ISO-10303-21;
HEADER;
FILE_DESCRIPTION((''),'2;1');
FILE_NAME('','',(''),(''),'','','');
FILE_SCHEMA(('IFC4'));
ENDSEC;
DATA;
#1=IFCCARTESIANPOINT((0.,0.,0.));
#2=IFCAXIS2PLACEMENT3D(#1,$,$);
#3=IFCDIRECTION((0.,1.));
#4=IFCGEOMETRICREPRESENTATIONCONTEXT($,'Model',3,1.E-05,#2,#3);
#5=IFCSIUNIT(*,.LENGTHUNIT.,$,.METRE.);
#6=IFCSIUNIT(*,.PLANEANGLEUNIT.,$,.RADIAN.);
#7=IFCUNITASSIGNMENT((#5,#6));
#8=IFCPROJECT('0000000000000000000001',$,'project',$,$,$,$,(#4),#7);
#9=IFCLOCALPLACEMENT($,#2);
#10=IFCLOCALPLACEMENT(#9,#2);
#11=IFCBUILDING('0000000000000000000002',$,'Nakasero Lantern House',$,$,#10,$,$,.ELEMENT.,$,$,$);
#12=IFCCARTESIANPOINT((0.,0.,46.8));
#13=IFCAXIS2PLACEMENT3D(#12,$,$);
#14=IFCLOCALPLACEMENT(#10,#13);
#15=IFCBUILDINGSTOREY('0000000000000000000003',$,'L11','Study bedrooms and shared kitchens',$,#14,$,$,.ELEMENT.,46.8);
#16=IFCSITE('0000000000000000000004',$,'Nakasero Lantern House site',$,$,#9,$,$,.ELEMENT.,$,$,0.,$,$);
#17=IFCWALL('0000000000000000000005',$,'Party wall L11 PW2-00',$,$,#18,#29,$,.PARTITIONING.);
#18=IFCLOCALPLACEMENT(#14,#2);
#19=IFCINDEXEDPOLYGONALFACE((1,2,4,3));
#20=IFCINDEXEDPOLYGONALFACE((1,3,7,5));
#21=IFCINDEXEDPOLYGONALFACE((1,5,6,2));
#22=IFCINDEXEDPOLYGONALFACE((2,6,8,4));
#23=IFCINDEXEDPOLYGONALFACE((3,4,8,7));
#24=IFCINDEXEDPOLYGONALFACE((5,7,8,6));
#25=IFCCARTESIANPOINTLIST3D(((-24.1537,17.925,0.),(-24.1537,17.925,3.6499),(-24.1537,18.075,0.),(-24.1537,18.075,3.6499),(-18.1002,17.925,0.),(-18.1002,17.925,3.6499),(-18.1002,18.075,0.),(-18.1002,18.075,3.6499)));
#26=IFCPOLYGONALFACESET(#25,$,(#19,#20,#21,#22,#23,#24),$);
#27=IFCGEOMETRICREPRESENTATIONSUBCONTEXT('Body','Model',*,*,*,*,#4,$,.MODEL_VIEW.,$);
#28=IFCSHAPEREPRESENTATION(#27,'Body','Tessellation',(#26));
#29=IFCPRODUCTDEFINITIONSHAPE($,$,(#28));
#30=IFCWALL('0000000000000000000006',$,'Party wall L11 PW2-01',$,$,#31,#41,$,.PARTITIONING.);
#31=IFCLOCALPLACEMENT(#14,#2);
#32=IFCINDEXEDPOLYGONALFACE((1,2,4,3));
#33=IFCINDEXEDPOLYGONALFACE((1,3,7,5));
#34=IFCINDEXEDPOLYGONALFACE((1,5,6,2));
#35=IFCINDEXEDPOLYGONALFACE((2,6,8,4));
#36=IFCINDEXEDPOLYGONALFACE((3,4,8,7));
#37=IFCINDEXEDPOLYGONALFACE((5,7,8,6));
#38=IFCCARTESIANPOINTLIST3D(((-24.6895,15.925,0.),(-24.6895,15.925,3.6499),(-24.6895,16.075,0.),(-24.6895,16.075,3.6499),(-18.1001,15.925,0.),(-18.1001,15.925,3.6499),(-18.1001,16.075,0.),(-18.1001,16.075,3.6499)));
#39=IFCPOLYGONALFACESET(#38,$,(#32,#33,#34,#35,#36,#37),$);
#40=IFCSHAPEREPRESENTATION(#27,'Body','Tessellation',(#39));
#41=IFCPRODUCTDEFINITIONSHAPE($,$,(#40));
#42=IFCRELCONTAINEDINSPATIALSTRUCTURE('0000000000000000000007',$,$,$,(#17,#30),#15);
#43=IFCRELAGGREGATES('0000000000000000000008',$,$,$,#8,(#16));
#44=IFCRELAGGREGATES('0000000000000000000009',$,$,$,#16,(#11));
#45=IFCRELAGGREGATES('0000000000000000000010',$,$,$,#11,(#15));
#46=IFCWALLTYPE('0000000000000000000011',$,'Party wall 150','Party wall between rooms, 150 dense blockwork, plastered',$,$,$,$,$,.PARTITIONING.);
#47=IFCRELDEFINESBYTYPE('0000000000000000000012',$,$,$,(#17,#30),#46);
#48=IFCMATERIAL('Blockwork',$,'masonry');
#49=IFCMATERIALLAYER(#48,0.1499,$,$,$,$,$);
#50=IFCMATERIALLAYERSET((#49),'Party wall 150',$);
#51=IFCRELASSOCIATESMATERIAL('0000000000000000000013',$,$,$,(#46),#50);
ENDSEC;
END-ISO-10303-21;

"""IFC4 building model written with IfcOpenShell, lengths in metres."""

from ifc_helpers import new_model, si_unit, direction, frame, frame_2d, origin, place, context, subcontext, project, spatial, rectangle, extrude, material, layer, layer_set, type_object, element, save


model = new_model("IFC4")

# Units and contexts
model_context = context("Model", 3, precision=1e-05, world=origin(), true_north=direction((0.0, 1.0)))
body_context = subcontext(model_context, "Body", "Model", "MODEL_VIEW")
ifc_project = project(units=[si_unit("LENGTHUNIT", "METRE"), si_unit("PLANEANGLEUNIT", "RADIAN")], contexts=[model_context])

# Site, building, storey
site_placement = place(None, origin())
site = spatial("IfcSite", under=ifc_project, at=site_placement, Name="Nakasero Lantern House site", CompositionType="ELEMENT", RefElevation=0.0)
building_placement = place(site_placement, origin())
building = spatial("IfcBuilding", under=site, at=building_placement, Name="Nakasero Lantern House", CompositionType="ELEMENT")
storey_placement = place(building_placement, frame((0.0, 0.0, 46.8)))
storey = spatial("IfcBuildingStorey", under=building, at=storey_placement, Name="L11", Description="Study bedrooms and shared kitchens", CompositionType="ELEMENT", Elevation=46.8)

# Walls
ifc_material_1 = material(Name="Blockwork", Category="masonry")
ifc_layer_1 = layer(ifc_material_1, 0.1499)
ifc_layer_set_1 = layer_set([ifc_layer_1], Name="Party wall 150")
wall_type_1 = type_object("IfcWallType", Name="Party wall 150", Description="Party wall between rooms, 150 dense blockwork, plastered", PredefinedType="PARTITIONING", material=ifc_layer_set_1)
wall_1_placement = place(storey_placement, frame((-18.1001, 18.0, 0.0), z_axis=(0.0, 0.0, 1.0), x_axis=(-1.0, 0.0, 0.0)))
element("IfcWall", 1, at=wall_1_placement, inside=storey, type_object=wall_type_1, Name="Party wall L11 PW2-00", PredefinedType="PARTITIONING", context=body_context, shape_type="SweptSolid", body=[
    extrude(rectangle(XDim=6.0535, YDim=0.1499, at=frame_2d((3.0269, 0.0))), origin(), (0.0, 0.0, 1.0), 3.6499),
])
wall_2_placement = place(storey_placement, frame((-18.1001, 16.0, 0.0), z_axis=(0.0, 0.0, 1.0), x_axis=(-1.0, 0.0, 0.0)))
element("IfcWall", 2, at=wall_2_placement, inside=storey, type_object=wall_type_1, Name="Party wall L11 PW2-01", PredefinedType="PARTITIONING", context=body_context, shape_type="SweptSolid", body=[
    extrude(rectangle(XDim=6.5894, YDim=0.1499, at=frame_2d((3.2947, 0.0))), origin(), (0.0, 0.0, 1.0), 3.6499),
])

save(model, "model.ifc")
